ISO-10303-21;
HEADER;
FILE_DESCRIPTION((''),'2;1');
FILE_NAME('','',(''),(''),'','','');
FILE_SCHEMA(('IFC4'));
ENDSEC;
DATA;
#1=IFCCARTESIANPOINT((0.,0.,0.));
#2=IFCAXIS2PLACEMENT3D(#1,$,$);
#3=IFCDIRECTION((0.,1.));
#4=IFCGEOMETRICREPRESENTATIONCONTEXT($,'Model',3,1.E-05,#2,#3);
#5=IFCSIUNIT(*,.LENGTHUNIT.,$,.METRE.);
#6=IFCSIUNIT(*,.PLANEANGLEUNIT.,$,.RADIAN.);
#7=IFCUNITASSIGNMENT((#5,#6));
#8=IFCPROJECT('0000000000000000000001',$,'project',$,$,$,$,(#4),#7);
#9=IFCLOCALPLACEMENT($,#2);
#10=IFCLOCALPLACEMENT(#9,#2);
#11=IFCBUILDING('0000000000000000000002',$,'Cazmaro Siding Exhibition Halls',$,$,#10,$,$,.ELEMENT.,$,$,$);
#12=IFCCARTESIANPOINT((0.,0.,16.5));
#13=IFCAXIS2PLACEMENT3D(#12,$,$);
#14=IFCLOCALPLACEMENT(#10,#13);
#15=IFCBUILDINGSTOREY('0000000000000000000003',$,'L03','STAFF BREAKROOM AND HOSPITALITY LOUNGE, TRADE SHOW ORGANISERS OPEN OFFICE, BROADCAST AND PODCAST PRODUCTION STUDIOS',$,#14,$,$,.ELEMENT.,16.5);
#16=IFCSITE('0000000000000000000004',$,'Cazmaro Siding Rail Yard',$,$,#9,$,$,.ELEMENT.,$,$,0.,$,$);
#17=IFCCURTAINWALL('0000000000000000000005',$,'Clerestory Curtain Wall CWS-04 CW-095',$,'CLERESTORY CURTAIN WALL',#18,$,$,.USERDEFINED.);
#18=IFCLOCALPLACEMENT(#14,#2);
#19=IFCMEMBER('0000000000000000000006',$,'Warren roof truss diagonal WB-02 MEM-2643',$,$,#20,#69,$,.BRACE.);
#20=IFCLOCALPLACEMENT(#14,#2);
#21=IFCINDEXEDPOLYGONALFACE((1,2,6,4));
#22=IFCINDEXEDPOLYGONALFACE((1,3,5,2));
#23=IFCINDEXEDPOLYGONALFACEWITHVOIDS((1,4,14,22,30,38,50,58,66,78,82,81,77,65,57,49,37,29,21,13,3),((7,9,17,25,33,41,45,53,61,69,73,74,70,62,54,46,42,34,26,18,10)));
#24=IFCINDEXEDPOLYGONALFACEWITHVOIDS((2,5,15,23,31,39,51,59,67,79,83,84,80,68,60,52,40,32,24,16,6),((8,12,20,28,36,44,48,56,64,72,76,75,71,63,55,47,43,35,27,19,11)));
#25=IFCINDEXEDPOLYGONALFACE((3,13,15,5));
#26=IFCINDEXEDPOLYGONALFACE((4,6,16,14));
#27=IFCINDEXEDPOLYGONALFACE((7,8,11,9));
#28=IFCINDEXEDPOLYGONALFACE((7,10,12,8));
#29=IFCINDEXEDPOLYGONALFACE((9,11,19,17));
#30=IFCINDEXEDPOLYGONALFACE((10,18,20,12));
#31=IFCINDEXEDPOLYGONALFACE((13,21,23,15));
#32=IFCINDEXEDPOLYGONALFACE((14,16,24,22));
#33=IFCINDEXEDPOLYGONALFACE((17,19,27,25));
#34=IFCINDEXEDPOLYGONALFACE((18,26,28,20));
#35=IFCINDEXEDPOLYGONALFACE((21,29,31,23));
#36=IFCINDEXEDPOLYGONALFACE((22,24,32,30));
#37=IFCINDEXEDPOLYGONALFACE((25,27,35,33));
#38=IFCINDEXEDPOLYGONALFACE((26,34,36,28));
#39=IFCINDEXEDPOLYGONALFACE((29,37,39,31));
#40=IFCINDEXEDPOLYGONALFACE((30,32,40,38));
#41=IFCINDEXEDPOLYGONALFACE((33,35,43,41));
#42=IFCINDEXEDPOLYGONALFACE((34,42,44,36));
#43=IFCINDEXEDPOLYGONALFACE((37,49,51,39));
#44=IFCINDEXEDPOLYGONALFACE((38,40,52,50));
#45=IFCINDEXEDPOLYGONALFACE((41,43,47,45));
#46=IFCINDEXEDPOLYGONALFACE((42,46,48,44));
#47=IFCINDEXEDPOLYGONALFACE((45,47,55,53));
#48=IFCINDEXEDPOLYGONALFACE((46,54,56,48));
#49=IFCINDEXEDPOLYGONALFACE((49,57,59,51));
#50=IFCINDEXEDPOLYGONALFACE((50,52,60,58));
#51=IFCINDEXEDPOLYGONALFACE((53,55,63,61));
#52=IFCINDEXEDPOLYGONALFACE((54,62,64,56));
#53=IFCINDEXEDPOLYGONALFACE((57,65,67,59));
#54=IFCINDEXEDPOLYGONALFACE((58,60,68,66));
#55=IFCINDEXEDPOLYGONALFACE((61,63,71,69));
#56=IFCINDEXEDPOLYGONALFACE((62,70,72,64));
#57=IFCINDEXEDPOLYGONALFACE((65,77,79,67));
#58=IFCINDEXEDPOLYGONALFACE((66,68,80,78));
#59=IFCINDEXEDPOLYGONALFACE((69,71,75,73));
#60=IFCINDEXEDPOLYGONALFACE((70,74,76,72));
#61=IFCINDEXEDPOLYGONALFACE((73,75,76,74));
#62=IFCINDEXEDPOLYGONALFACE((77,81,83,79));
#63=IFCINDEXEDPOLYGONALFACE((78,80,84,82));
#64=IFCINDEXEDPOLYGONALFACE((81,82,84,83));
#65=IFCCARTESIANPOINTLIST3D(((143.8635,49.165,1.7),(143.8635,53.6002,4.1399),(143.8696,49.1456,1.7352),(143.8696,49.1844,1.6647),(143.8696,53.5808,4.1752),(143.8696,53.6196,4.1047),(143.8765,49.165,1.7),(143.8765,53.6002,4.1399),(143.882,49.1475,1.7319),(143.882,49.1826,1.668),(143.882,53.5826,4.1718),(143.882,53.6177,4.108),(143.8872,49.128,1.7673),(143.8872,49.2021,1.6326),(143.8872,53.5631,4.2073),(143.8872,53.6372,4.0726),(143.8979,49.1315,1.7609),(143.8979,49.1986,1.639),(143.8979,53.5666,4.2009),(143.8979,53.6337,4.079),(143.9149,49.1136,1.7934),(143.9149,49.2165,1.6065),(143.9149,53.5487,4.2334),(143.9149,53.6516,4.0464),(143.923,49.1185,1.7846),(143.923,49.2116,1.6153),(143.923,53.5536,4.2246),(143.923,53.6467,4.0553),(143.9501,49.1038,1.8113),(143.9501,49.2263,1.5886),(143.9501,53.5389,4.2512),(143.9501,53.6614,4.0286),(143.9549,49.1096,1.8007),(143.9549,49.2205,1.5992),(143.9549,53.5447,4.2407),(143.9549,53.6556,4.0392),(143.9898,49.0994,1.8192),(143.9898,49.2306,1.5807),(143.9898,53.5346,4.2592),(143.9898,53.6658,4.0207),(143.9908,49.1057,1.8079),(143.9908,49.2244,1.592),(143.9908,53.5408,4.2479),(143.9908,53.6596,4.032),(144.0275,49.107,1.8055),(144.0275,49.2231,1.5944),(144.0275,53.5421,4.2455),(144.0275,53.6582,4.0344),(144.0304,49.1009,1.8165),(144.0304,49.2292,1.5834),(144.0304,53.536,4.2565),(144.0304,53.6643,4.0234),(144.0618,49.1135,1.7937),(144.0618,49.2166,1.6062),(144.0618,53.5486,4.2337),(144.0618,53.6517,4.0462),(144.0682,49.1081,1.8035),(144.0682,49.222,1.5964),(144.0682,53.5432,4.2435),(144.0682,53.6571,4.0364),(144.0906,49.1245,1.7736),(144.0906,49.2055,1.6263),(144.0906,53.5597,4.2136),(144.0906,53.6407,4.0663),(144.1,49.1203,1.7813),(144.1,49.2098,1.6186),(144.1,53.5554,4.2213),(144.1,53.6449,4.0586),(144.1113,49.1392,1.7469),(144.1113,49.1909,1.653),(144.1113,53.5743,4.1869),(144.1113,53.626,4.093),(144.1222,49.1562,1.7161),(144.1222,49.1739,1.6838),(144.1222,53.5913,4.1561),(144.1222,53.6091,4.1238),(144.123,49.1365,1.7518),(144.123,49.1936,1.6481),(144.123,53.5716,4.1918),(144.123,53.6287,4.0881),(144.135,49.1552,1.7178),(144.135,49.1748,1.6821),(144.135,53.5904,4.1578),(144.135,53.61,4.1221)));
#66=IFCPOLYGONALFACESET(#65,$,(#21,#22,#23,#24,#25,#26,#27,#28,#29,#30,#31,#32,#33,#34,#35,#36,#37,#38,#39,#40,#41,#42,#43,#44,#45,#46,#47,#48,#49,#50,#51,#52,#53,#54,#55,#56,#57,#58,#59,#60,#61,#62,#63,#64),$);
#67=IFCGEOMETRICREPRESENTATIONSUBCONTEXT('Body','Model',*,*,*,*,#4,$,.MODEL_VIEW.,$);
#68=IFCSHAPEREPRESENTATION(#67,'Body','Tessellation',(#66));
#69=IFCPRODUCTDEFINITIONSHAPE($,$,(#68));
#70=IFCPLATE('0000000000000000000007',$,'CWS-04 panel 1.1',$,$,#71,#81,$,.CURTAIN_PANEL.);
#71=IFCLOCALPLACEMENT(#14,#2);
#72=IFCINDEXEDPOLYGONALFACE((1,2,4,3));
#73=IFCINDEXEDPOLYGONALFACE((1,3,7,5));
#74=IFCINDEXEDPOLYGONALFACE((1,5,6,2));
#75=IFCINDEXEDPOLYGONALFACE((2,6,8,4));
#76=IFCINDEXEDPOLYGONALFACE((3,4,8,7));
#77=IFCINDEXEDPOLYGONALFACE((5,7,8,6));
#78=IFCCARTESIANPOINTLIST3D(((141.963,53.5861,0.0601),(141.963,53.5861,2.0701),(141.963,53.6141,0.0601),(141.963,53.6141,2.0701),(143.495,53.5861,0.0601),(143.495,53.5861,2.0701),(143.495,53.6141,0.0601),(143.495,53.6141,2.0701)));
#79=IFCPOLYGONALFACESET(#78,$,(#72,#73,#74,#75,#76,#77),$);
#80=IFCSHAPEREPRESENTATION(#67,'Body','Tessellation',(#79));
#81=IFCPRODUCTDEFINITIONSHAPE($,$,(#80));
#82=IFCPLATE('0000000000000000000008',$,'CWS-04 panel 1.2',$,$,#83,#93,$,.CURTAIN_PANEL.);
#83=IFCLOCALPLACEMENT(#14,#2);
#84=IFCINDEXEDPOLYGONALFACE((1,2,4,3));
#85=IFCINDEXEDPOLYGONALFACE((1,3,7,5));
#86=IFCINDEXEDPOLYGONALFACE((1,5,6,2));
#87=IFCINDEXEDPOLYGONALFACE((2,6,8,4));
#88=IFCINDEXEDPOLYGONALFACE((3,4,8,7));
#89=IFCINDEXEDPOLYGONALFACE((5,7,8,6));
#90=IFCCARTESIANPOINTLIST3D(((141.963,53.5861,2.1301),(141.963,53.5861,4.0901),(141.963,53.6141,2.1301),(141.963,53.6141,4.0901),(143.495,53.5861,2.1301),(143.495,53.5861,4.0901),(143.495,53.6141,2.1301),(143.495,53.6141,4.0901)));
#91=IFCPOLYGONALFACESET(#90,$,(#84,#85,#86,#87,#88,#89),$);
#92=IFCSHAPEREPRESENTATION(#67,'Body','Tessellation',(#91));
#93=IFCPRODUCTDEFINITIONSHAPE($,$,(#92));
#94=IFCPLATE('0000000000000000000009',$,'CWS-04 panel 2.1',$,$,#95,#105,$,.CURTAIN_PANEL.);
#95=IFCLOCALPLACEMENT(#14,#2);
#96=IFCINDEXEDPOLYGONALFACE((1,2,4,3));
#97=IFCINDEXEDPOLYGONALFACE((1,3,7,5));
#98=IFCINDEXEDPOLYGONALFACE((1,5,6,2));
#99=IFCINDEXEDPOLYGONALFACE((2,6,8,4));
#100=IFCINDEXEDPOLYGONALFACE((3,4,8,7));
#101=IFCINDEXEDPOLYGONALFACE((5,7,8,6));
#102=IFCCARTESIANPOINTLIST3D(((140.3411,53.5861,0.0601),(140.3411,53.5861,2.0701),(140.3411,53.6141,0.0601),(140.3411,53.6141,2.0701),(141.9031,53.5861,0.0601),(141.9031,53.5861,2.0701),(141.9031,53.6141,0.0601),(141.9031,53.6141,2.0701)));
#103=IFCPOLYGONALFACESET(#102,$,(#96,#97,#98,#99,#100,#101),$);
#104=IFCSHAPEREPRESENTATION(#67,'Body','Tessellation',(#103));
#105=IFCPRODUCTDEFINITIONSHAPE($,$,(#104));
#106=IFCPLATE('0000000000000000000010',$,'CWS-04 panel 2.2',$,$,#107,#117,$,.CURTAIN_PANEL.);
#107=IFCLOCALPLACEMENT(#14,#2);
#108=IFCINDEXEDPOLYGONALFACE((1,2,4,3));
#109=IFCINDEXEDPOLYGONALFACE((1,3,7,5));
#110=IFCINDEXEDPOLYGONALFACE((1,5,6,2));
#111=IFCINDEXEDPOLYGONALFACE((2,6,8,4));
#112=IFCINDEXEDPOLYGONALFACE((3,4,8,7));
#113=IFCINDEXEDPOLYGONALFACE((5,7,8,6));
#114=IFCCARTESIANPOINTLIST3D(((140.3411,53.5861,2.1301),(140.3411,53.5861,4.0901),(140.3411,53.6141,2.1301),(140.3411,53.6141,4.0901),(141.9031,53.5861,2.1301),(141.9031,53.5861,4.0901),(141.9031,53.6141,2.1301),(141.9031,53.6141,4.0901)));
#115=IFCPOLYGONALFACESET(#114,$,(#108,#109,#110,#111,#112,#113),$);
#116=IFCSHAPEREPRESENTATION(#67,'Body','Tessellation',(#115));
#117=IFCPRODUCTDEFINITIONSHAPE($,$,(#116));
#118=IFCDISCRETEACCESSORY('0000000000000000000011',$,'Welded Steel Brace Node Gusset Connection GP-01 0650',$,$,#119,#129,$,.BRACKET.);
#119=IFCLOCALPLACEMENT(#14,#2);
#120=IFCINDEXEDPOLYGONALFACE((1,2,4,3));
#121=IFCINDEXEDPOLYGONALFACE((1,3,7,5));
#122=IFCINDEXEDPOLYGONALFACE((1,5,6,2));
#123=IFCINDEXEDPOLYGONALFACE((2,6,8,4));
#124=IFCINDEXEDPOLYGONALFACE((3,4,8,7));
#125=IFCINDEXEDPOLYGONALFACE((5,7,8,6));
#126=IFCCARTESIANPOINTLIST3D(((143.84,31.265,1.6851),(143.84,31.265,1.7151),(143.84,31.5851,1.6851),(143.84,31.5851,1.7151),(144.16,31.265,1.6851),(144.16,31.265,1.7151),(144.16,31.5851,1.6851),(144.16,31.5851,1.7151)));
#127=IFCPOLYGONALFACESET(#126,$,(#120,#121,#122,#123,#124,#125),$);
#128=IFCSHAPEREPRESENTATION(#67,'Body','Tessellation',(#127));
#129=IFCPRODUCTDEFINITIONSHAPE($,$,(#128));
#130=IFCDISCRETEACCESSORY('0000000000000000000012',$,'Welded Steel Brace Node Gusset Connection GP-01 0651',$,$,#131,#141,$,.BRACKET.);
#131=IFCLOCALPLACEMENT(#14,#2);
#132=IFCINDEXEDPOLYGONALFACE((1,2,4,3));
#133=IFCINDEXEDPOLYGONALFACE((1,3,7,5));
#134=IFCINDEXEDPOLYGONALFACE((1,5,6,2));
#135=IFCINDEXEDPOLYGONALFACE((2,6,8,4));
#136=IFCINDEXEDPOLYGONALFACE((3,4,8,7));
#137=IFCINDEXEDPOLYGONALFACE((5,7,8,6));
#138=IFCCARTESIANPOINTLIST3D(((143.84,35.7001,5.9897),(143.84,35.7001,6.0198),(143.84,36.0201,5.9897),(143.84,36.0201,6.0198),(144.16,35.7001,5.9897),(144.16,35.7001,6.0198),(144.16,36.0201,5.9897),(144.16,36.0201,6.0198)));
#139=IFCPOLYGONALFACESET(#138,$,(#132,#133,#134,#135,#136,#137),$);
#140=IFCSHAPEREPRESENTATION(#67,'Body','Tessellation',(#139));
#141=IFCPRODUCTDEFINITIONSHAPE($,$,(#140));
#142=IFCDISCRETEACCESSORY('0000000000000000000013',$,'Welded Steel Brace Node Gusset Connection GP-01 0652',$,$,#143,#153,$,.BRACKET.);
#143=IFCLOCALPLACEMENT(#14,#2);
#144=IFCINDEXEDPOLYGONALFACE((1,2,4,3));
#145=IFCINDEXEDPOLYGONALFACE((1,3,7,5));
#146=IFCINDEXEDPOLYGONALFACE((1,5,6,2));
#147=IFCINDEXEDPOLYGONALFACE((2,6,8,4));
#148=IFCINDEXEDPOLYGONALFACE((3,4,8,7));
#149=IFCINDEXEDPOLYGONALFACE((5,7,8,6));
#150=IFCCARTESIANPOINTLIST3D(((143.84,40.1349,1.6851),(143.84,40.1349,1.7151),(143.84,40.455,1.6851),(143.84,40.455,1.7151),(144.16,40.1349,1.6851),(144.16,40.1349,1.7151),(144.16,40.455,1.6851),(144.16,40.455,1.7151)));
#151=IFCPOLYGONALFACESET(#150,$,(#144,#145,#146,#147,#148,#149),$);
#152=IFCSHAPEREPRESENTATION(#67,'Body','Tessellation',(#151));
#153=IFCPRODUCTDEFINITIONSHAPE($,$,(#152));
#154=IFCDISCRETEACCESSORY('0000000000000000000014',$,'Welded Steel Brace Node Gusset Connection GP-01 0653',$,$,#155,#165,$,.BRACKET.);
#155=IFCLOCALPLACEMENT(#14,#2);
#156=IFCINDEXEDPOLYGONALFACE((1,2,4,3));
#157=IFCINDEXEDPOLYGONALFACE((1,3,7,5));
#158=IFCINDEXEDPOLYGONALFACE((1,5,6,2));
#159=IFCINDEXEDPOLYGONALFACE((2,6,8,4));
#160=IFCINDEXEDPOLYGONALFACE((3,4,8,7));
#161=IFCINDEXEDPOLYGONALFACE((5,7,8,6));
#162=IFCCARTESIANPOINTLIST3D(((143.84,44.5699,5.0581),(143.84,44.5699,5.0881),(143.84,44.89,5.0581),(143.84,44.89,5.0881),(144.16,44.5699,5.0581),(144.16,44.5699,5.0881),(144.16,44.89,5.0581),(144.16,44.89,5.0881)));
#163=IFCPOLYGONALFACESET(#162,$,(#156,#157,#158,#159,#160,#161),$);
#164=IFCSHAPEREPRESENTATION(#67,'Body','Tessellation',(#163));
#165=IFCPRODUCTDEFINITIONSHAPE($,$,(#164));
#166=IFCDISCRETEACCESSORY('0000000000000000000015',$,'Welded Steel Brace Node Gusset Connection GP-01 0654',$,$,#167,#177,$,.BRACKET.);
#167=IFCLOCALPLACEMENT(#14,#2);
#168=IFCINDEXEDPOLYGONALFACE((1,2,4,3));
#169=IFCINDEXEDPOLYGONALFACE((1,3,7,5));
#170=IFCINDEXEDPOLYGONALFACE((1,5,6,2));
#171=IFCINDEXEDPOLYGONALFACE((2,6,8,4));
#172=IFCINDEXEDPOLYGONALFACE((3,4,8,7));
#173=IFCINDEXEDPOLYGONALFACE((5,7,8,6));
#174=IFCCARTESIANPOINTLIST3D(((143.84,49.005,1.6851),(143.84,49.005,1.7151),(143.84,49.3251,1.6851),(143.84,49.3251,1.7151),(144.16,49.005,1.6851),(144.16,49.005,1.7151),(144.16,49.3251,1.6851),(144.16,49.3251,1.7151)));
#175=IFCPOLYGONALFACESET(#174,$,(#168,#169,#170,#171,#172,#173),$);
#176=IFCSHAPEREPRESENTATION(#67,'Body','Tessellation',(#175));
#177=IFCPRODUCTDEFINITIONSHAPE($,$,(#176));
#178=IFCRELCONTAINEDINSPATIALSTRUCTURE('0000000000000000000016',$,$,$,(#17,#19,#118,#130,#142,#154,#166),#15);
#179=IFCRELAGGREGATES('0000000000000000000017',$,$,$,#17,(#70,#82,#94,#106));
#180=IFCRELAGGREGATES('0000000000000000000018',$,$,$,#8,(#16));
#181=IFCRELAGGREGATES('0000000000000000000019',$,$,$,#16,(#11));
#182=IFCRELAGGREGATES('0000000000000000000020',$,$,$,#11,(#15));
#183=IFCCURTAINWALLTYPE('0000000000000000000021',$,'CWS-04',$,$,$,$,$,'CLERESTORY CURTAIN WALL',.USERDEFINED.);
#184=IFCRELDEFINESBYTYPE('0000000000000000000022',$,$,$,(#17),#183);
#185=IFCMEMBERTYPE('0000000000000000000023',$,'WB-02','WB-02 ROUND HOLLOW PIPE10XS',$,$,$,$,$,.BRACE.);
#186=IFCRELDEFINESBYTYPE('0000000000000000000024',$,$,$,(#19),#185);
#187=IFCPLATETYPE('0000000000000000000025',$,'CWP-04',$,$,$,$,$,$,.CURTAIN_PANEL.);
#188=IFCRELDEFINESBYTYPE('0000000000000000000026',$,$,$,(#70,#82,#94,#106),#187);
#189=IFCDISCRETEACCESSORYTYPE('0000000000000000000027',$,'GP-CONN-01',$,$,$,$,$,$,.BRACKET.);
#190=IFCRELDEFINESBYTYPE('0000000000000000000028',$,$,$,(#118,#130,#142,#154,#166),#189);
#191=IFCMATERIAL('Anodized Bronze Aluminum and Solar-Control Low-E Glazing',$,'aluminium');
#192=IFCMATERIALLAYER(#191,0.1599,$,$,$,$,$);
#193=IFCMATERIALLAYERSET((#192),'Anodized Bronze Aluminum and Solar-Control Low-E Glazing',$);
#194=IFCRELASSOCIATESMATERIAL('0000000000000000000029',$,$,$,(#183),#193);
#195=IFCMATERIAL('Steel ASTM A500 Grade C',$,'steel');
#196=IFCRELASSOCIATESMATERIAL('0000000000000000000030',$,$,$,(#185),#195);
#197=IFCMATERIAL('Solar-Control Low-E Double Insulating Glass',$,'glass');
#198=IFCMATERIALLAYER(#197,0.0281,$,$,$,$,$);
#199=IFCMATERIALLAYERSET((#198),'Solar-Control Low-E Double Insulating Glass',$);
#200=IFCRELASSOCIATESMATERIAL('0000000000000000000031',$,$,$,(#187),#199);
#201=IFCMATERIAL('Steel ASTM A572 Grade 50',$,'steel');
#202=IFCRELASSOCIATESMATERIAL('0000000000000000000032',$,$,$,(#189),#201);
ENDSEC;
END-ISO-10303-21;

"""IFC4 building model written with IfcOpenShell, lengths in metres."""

from ifc_helpers import new_model, si_unit, direction, frame, origin, origin_2d, place, context, subcontext, project, spatial, rectangle, hollow_circle, extrude, material, layer, layer_set, material_profile, profile_set, type_object, element, aggregate, save


model = new_model("IFC4")

# Units and contexts
model_context = context("Model", 3, precision=1e-05, world=origin(), true_north=direction((0.0, 1.0)))
body_context = subcontext(model_context, "Body", "Model", "MODEL_VIEW")
ifc_project = project(units=[si_unit("LENGTHUNIT", "METRE"), si_unit("PLANEANGLEUNIT", "RADIAN")], contexts=[model_context])

# Site, building, storey
site_placement = place(None, origin())
site = spatial("IfcSite", under=ifc_project, at=site_placement, Name="Cazmaro Siding Rail Yard", CompositionType="ELEMENT", RefElevation=0.0)
building_placement = place(site_placement, origin())
building = spatial("IfcBuilding", under=site, at=building_placement, Name="Cazmaro Siding Exhibition Halls", CompositionType="ELEMENT")
storey_placement = place(building_placement, frame((0.0, 0.0, 16.5)))
storey = spatial("IfcBuildingStorey", under=building, at=storey_placement, Name="L03", Description="STAFF BREAKROOM AND HOSPITALITY LOUNGE, TRADE SHOW ORGANISERS OPEN OFFICE, BROADCAST AND PODCAST PRODUCTION STUDIOS", CompositionType="ELEMENT", Elevation=16.5)

# Curtain wall
ifc_material_1 = material(Name="Anodized Bronze Aluminum and Solar-Control Low-E Glazing", Category="aluminium")
ifc_layer_1 = layer(ifc_material_1, 0.1599)
ifc_layer_set_1 = layer_set([ifc_layer_1], Name="Anodized Bronze Aluminum and Solar-Control Low-E Glazing")
curtain_wall_type = type_object("IfcCurtainWallType", Name="CWS-04", ElementType="CLERESTORY CURTAIN WALL", PredefinedType="USERDEFINED", material=ifc_layer_set_1)
curtain_wall_placement = place(storey_placement, origin())
curtain_wall = element("IfcCurtainWall", 1, at=curtain_wall_placement, inside=storey, type_object=curtain_wall_type, Name="Clerestory Curtain Wall CWS-04 CW-095", ObjectType="CLERESTORY CURTAIN WALL", PredefinedType="USERDEFINED")

# Member
ifc_material_2 = material(Name="Steel ASTM A500 Grade C", Category="steel")
ifc_material_profile_1 = material_profile(ifc_material_2, hollow_circle(Radius=0.1365, WallThickness=0.0129, at=origin_2d()), Name="PIPE10XS")
ifc_profile_set_1 = profile_set([ifc_material_profile_1], Name="Steel ASTM A500 Grade C")
member_type_1 = type_object("IfcMemberType", Name="WB-02", Description="WB-02 ROUND HOLLOW PIPE10XS", PredefinedType="BRACE", material=ifc_profile_set_1)
member_1_placement = place(storey_placement, frame((144.0, 49.165, 1.7), z_axis=(0.0, 0.876161, 0.482019), x_axis=(-1.0, 0.0, 0.0)))
element("IfcMember", 2, at=member_1_placement, inside=storey, type_object=member_type_1, Name="Warren roof truss diagonal WB-02 MEM-2643", PredefinedType="BRACE", context=body_context, shape_type="SweptSolid", body=[
    extrude(hollow_circle(Radius=0.1365, WallThickness=0.0129, at=origin_2d()), origin(), (0.0, 0.0, 1.0), 5.062),
])

# Plates
ifc_material_3 = material(Name="Solar-Control Low-E Double Insulating Glass", Category="glass")
ifc_layer_2 = layer(ifc_material_3, 0.0281)
ifc_layer_set_2 = layer_set([ifc_layer_2], Name="Solar-Control Low-E Double Insulating Glass")
plate_type = type_object("IfcPlateType", Name="CWP-04", PredefinedType="CURTAIN_PANEL", material=ifc_layer_set_2)
plate_1_placement = place(storey_placement, frame((142.729, 53.6001, 0.0601), z_axis=(0.0, 0.0, 1.0), x_axis=(-1.0, 0.0, 0.0)))
plate_1 = element("IfcPlate", 3, at=plate_1_placement, type_object=plate_type, Name="CWS-04 panel 1.1", PredefinedType="CURTAIN_PANEL", context=body_context, shape_type="SweptSolid", body=[
    extrude(rectangle(XDim=1.532, YDim=0.0281, at=origin_2d()), origin(), (0.0, 0.0, 1.0), 2.01),
])
plate_2_placement = place(storey_placement, frame((142.729, 53.6001, 2.1301), z_axis=(0.0, 0.0, 1.0), x_axis=(-1.0, 0.0, 0.0)))
plate_2 = element("IfcPlate", 4, at=plate_2_placement, type_object=plate_type, Name="CWS-04 panel 1.2", PredefinedType="CURTAIN_PANEL", context=body_context, shape_type="SweptSolid", body=[
    extrude(rectangle(XDim=1.532, YDim=0.0281, at=origin_2d()), origin(), (0.0, 0.0, 1.0), 1.96),
])
plate_3_placement = place(storey_placement, frame((141.1221, 53.6001, 0.0601), z_axis=(0.0, 0.0, 1.0), x_axis=(-1.0, 0.0, 0.0)))
plate_3 = element("IfcPlate", 5, at=plate_3_placement, type_object=plate_type, Name="CWS-04 panel 2.1", PredefinedType="CURTAIN_PANEL", context=body_context, shape_type="SweptSolid", body=[
    extrude(rectangle(XDim=1.562, YDim=0.0281, at=origin_2d()), origin(), (0.0, 0.0, 1.0), 2.01),
])
plate_4_placement = place(storey_placement, frame((141.1221, 53.6001, 2.1301), z_axis=(0.0, 0.0, 1.0), x_axis=(-1.0, 0.0, 0.0)))
plate_4 = element("IfcPlate", 6, at=plate_4_placement, type_object=plate_type, Name="CWS-04 panel 2.2", PredefinedType="CURTAIN_PANEL", context=body_context, shape_type="SweptSolid", body=[
    extrude(rectangle(XDim=1.562, YDim=0.0281, at=origin_2d()), origin(), (0.0, 0.0, 1.0), 1.96),
])
aggregate(curtain_wall, [plate_1, plate_2, plate_3, plate_4])

# Discrete accessories
ifc_material_4 = material(Name="Steel ASTM A572 Grade 50", Category="steel")
discrete_accessory_type = type_object("IfcDiscreteAccessoryType", Name="GP-CONN-01", PredefinedType="BRACKET", material=ifc_material_4)
for number, where, z_axis, x_axis, name in (
    (7, (144.0, 31.425, 1.6851), (0.0, 0.0, 1.0), (1.0, 0.0, 0.0), "Welded Steel Brace Node Gusset Connection GP-01 0650"),
    (8, (144.0, 35.8601, 5.9897), (0.0, 0.0, 1.0), (1.0, 0.0, 0.0), "Welded Steel Brace Node Gusset Connection GP-01 0651"),
    (9, (144.0, 40.2949, 1.6851), (0.0, 0.0, 1.0), (1.0, 0.0, 0.0), "Welded Steel Brace Node Gusset Connection GP-01 0652"),
    (10, (144.0, 44.73, 5.0581), (0.0, 0.0, 1.0), (1.0, 0.0, 0.0), "Welded Steel Brace Node Gusset Connection GP-01 0653"),
    (11, (144.0, 49.165, 1.6851), (0.0, 0.0, 1.0), (1.0, 0.0, 0.0), "Welded Steel Brace Node Gusset Connection GP-01 0654"),
):
    element("IfcDiscreteAccessory", number, at=place(storey_placement, frame(where, z_axis=z_axis, x_axis=x_axis)), inside=storey, type_object=discrete_accessory_type, Name=name, PredefinedType="BRACKET", context=body_context, shape_type="SweptSolid", body=[
        extrude(rectangle(XDim=0.3201, YDim=0.3201, at=origin_2d()), origin(), (0.0, 0.0, 1.0), 0.03),
    ])

save(model, "model.ifc")
